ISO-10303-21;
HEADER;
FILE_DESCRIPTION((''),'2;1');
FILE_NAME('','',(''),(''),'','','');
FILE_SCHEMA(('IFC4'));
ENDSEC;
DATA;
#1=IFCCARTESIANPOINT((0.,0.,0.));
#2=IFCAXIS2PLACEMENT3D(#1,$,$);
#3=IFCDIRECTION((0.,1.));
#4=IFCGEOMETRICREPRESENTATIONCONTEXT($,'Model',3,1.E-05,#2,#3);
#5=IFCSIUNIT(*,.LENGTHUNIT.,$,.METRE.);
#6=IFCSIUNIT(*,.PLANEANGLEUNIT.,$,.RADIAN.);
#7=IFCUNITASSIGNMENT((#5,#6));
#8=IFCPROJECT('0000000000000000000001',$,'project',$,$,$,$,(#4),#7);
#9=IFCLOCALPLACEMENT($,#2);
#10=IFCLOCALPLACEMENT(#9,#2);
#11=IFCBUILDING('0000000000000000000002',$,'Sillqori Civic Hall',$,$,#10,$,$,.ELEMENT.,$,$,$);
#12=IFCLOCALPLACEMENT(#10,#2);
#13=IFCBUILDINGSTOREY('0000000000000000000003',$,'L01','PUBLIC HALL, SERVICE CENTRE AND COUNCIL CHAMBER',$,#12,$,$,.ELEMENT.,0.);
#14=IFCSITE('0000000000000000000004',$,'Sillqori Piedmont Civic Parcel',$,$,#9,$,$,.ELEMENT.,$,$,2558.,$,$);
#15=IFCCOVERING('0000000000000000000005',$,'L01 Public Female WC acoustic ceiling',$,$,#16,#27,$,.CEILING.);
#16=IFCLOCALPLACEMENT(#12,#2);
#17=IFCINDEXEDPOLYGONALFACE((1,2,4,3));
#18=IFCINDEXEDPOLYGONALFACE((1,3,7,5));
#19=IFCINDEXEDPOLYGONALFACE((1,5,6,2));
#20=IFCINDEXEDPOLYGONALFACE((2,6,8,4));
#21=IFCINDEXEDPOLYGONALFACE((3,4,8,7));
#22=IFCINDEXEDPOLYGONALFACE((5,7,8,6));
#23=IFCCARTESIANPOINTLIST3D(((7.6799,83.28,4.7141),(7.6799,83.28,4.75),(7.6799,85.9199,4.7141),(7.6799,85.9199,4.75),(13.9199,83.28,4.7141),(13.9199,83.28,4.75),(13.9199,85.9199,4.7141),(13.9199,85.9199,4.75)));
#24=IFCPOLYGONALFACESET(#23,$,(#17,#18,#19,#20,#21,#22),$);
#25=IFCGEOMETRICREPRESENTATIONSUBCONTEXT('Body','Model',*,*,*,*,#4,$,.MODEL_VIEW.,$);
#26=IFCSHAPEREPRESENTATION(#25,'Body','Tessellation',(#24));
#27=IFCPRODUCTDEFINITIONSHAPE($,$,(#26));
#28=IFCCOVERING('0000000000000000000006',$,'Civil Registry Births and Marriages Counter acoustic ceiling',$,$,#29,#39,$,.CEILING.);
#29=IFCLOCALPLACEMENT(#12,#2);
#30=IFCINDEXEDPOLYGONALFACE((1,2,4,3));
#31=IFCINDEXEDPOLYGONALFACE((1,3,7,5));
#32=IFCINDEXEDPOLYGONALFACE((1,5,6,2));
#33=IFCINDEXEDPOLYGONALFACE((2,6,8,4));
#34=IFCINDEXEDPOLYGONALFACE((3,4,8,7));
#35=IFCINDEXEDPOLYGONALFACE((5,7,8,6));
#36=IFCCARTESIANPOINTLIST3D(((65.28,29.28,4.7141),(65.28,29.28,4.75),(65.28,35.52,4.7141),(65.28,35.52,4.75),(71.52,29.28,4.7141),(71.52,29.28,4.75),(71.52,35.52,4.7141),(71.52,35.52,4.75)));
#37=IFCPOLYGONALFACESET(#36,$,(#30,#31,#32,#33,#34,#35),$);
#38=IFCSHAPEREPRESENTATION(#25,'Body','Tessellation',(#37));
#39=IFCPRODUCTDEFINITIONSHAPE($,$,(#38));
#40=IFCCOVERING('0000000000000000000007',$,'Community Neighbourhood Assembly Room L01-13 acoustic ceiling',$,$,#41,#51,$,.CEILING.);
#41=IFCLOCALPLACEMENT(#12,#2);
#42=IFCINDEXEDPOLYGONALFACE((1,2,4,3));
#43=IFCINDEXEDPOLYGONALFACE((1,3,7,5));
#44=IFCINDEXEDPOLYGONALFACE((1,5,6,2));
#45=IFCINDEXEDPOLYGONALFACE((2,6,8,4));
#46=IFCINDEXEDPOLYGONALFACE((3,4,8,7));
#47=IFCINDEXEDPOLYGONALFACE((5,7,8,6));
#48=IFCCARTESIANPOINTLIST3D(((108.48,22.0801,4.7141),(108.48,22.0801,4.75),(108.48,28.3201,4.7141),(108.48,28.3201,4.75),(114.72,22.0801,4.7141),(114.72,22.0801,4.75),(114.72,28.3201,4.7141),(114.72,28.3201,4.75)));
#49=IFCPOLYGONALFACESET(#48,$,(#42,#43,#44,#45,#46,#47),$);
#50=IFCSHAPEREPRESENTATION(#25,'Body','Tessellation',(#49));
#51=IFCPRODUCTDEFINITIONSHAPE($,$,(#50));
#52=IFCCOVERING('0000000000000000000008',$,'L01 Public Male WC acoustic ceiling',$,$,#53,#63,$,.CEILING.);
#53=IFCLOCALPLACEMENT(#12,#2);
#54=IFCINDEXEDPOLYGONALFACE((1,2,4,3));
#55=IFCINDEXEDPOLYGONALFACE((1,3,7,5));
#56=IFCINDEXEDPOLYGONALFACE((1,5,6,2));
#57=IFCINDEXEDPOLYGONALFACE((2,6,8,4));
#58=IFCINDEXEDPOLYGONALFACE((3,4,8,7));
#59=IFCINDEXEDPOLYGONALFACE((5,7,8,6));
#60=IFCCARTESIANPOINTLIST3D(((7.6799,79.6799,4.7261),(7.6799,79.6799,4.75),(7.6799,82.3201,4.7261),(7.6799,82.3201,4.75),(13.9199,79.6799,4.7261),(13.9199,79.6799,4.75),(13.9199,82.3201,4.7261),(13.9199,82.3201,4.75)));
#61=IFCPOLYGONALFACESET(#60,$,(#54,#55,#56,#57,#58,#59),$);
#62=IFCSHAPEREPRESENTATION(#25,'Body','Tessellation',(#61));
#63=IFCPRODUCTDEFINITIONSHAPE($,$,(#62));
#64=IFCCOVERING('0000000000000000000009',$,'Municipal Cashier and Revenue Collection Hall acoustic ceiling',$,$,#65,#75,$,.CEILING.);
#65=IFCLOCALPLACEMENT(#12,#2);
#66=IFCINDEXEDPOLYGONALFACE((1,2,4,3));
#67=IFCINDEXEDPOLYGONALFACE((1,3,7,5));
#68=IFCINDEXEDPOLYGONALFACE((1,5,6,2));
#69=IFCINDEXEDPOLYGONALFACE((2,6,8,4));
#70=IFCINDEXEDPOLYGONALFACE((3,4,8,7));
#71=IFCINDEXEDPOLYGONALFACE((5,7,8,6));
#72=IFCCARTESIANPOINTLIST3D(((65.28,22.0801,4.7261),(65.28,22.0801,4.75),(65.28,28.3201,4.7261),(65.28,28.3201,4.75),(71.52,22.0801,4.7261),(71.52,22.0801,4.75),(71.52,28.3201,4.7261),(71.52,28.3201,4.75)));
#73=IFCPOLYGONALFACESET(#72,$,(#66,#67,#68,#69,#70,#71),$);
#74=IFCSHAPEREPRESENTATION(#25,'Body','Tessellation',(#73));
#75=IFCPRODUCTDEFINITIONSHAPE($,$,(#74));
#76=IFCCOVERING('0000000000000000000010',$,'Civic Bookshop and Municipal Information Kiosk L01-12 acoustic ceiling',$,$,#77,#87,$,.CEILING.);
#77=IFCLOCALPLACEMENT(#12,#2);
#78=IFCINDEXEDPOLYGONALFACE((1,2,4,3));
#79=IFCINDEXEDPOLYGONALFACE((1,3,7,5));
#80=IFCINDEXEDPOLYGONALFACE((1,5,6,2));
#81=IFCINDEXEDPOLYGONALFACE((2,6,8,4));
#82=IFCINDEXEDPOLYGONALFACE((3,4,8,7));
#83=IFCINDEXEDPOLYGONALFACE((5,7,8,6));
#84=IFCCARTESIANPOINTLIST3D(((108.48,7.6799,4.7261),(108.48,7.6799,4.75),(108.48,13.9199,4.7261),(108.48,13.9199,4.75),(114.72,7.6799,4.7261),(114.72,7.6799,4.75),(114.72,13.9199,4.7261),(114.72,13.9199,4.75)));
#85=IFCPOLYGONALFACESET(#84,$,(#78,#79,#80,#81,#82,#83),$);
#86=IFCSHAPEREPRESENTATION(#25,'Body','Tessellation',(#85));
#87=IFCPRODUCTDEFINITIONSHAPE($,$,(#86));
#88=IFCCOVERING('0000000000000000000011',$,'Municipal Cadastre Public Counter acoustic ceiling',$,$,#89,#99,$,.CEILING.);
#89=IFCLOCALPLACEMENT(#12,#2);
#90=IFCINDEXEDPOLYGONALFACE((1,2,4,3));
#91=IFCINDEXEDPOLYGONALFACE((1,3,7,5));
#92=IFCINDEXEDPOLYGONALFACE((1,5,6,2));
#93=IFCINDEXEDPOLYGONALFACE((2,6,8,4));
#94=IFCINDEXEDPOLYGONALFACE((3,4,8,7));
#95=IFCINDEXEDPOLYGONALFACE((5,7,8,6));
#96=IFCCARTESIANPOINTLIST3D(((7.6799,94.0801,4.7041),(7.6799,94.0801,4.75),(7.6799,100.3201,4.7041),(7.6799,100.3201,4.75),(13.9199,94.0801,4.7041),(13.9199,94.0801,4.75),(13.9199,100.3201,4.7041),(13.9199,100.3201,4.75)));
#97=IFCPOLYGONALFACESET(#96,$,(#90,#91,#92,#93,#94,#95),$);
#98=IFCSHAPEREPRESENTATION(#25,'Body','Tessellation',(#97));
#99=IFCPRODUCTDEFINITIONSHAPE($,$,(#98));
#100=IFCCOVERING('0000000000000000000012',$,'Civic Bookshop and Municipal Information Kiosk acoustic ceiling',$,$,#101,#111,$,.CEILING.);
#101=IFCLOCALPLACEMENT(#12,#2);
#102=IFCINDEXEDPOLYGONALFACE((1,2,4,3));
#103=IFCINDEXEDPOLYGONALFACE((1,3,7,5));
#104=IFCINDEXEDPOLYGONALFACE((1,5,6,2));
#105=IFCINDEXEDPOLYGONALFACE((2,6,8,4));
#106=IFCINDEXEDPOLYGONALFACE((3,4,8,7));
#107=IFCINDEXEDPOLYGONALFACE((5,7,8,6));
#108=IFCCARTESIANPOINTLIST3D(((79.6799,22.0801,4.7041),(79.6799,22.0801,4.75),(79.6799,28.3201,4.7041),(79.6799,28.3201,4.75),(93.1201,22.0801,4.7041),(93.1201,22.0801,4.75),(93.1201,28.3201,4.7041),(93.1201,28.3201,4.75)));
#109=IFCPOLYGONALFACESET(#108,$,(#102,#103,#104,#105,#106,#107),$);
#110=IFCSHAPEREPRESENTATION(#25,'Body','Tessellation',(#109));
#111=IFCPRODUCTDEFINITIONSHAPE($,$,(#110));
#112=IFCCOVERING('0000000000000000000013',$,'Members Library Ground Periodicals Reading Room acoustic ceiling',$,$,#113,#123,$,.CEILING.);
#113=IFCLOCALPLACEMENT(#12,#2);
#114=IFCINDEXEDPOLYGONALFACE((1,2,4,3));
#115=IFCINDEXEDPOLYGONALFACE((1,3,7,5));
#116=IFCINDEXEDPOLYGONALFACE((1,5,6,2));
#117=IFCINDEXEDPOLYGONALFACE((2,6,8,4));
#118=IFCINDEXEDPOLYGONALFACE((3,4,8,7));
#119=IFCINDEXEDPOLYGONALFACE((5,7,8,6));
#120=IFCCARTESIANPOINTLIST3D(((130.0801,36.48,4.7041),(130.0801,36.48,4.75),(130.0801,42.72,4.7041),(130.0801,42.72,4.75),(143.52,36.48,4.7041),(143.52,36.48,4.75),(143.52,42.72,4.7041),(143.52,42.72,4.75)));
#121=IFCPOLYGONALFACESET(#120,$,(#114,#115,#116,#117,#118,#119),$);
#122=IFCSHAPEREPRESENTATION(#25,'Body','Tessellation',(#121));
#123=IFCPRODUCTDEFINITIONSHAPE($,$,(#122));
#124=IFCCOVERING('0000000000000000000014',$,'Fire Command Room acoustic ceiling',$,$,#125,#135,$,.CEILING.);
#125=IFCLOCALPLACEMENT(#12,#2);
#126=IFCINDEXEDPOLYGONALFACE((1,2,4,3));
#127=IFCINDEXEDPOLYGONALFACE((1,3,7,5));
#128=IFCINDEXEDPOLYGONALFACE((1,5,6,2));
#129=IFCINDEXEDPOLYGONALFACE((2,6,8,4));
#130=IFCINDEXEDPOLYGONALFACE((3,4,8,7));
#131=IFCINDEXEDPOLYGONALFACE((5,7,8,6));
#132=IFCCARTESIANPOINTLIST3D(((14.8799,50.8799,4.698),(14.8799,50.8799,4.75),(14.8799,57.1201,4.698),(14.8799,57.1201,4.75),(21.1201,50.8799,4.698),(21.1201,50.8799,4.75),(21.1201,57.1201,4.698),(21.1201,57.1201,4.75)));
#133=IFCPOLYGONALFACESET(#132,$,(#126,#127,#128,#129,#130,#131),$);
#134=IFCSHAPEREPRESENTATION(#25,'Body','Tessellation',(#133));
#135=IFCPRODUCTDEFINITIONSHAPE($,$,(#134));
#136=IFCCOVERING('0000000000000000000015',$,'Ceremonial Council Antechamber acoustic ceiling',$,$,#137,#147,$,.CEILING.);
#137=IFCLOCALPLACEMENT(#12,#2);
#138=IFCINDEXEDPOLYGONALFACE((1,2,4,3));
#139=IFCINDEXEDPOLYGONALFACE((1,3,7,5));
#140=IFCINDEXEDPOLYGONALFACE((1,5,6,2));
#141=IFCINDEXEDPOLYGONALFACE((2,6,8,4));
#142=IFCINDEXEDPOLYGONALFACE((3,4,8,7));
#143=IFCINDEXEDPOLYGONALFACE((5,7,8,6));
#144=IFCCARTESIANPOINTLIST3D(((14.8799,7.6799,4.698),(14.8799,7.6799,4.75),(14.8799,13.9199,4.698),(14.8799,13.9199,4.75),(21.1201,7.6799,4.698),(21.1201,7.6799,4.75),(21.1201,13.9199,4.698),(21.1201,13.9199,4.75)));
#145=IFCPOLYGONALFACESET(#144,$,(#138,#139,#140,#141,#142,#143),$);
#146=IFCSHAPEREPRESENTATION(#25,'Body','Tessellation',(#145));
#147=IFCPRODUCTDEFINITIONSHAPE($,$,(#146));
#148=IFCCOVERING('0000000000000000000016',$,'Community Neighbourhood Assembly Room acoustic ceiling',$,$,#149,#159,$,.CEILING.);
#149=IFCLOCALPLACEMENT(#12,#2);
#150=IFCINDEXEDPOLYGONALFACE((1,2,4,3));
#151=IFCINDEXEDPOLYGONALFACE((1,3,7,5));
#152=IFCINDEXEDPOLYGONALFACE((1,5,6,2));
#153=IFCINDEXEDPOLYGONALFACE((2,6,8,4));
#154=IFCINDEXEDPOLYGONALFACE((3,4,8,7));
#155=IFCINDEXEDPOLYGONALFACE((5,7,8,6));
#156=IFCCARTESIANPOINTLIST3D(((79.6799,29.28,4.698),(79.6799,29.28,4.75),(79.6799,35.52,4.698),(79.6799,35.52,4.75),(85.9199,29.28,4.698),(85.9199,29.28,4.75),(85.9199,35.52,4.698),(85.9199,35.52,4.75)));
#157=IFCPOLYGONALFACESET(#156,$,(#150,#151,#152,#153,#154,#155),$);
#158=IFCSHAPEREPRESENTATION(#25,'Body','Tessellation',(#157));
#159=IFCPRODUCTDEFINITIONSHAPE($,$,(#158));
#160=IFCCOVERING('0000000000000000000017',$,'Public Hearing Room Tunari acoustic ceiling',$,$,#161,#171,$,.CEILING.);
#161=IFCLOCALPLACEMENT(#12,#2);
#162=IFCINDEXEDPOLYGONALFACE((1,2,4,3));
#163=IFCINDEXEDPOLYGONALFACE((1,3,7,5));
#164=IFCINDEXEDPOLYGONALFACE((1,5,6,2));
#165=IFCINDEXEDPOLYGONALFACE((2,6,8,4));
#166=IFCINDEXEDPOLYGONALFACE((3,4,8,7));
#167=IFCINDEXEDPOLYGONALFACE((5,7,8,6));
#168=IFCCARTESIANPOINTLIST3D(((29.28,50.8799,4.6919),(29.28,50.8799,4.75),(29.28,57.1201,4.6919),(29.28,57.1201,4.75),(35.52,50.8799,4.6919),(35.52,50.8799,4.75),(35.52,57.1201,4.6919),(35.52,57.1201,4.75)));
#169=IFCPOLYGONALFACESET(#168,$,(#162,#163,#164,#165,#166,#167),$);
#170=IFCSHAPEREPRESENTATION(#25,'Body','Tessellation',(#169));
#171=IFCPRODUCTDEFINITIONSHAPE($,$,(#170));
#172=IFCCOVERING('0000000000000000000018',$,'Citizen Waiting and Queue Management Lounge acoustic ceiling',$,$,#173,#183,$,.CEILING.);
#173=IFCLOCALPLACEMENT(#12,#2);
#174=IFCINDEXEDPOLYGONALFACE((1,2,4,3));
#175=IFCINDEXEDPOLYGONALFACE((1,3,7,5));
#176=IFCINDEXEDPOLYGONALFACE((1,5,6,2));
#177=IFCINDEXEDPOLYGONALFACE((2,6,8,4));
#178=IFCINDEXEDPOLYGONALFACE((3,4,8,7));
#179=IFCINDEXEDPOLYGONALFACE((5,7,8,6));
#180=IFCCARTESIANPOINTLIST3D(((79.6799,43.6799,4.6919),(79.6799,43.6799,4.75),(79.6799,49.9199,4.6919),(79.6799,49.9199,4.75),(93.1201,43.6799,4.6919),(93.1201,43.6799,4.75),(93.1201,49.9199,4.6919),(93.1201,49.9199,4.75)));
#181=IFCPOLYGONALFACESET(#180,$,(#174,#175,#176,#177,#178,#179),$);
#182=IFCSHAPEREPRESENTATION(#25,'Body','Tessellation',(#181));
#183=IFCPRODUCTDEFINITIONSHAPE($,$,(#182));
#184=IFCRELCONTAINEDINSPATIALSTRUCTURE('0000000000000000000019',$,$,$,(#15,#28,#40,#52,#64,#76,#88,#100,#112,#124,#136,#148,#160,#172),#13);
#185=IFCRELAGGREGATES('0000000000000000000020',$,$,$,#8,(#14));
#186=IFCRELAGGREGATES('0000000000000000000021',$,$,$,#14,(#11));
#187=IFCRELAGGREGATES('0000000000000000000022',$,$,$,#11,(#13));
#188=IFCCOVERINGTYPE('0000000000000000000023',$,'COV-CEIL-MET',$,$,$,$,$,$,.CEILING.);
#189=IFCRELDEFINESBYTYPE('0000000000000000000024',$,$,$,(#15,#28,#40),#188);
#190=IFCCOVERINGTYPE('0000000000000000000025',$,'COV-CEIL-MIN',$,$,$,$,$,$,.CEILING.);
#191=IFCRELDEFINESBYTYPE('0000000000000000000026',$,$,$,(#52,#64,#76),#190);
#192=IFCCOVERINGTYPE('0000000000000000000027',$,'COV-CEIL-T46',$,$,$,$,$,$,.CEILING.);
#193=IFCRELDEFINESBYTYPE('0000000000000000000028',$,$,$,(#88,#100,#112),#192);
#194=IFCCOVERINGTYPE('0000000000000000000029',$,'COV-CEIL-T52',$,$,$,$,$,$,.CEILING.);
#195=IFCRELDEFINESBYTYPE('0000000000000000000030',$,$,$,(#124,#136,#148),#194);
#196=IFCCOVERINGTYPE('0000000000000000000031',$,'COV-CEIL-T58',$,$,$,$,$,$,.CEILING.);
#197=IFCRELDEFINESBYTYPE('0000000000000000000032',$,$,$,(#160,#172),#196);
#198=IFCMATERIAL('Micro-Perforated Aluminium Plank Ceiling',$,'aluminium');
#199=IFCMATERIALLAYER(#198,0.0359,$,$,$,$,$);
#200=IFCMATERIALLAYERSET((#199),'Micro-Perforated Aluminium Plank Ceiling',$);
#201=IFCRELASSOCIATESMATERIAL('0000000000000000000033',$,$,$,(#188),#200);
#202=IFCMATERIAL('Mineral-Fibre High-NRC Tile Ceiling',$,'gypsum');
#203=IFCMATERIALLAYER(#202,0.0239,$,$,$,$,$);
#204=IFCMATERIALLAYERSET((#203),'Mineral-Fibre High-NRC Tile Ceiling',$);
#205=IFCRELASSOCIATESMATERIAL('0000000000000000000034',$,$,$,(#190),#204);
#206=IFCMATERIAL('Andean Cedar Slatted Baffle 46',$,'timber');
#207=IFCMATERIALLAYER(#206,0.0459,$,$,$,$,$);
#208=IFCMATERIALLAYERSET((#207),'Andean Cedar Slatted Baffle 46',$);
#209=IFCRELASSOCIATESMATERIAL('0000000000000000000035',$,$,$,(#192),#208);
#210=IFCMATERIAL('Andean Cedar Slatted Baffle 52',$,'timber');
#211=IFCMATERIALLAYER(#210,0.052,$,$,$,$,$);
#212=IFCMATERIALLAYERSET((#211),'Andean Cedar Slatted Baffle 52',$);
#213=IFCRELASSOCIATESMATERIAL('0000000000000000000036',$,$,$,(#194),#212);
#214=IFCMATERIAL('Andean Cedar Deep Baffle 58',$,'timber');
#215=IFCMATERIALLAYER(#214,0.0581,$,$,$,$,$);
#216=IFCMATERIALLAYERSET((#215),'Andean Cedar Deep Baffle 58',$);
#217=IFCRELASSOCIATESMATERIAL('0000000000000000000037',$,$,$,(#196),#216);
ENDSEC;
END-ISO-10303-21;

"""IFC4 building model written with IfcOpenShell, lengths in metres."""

from ifc_helpers import new_model, si_unit, direction, frame, origin, place, context, subcontext, project, spatial, polyline, outline, extrude, material, layer, layer_set, type_object, element, save


model = new_model("IFC4")

# Units and contexts
model_context = context("Model", 3, precision=1e-05, world=origin(), true_north=direction((0.0, 1.0)))
body_context = subcontext(model_context, "Body", "Model", "MODEL_VIEW")
ifc_project = project(units=[si_unit("LENGTHUNIT", "METRE"), si_unit("PLANEANGLEUNIT", "RADIAN")], contexts=[model_context])

# Site, building, storey
site_placement = place(None, origin())
site = spatial("IfcSite", under=ifc_project, at=site_placement, Name="Sillqori Piedmont Civic Parcel", CompositionType="ELEMENT", RefElevation=2558.0)
building_placement = place(site_placement, origin())
building = spatial("IfcBuilding", under=site, at=building_placement, Name="Sillqori Civic Hall", CompositionType="ELEMENT")
storey_placement = place(building_placement, origin())
storey = spatial("IfcBuildingStorey", under=building, at=storey_placement, Name="L01", Description="PUBLIC HALL, SERVICE CENTRE AND COUNCIL CHAMBER", CompositionType="ELEMENT", Elevation=0.0)

# Coverings
ifc_material_1 = material(Name="Micro-Perforated Aluminium Plank Ceiling", Category="aluminium")
ifc_layer_1 = layer(ifc_material_1, 0.0359)
ifc_layer_set_1 = layer_set([ifc_layer_1], Name="Micro-Perforated Aluminium Plank Ceiling")
covering_type_1 = type_object("IfcCoveringType", Name="COV-CEIL-MET", PredefinedType="CEILING", material=ifc_layer_set_1)
covering_1_placement = place(storey_placement, frame((0.0, 0.0, 4.7141)))
element("IfcCovering", 1, at=covering_1_placement, inside=storey, type_object=covering_type_1, Name="L01 Public Female WC acoustic ceiling", PredefinedType="CEILING", context=body_context, shape_type="SweptSolid", body=[
    extrude(outline(polyline([(7.6799, 83.28), (13.9199, 83.28), (13.9199, 85.9199), (7.6799, 85.9199), (7.6799, 83.28)])), origin(), (0.0, 0.0, 1.0), 0.0359),
])
covering_2_placement = place(storey_placement, frame((0.0, 0.0, 4.7141)))
element("IfcCovering", 2, at=covering_2_placement, inside=storey, type_object=covering_type_1, Name="Civil Registry Births and Marriages Counter acoustic ceiling", PredefinedType="CEILING", context=body_context, shape_type="SweptSolid", body=[
    extrude(outline(polyline([(65.28, 29.28), (71.52, 29.28), (71.52, 35.52), (65.28, 35.52), (65.28, 29.28)])), origin(), (0.0, 0.0, 1.0), 0.0359),
])
covering_3_placement = place(storey_placement, frame((0.0, 0.0, 4.7141)))
element("IfcCovering", 3, at=covering_3_placement, inside=storey, type_object=covering_type_1, Name="Community Neighbourhood Assembly Room L01-13 acoustic ceiling", PredefinedType="CEILING", context=body_context, shape_type="SweptSolid", body=[
    extrude(outline(polyline([(108.48, 22.0801), (114.72, 22.0801), (114.72, 28.3201), (108.48, 28.3201), (108.48, 22.0801)])), origin(), (0.0, 0.0, 1.0), 0.0359),
])
ifc_material_2 = material(Name="Mineral-Fibre High-NRC Tile Ceiling", Category="gypsum")
ifc_layer_2 = layer(ifc_material_2, 0.0239)
ifc_layer_set_2 = layer_set([ifc_layer_2], Name="Mineral-Fibre High-NRC Tile Ceiling")
covering_type_2 = type_object("IfcCoveringType", Name="COV-CEIL-MIN", PredefinedType="CEILING", material=ifc_layer_set_2)
covering_4_placement = place(storey_placement, frame((0.0, 0.0, 4.7261)))
element("IfcCovering", 4, at=covering_4_placement, inside=storey, type_object=covering_type_2, Name="L01 Public Male WC acoustic ceiling", PredefinedType="CEILING", context=body_context, shape_type="SweptSolid", body=[
    extrude(outline(polyline([(7.6799, 79.6799), (13.9199, 79.6799), (13.9199, 82.3201), (7.6799, 82.3201), (7.6799, 79.6799)])), origin(), (0.0, 0.0, 1.0), 0.0239),
])
covering_5_placement = place(storey_placement, frame((0.0, 0.0, 4.7261)))
element("IfcCovering", 5, at=covering_5_placement, inside=storey, type_object=covering_type_2, Name="Municipal Cashier and Revenue Collection Hall acoustic ceiling", PredefinedType="CEILING", context=body_context, shape_type="SweptSolid", body=[
    extrude(outline(polyline([(65.28, 22.0801), (71.52, 22.0801), (71.52, 28.3201), (65.28, 28.3201), (65.28, 22.0801)])), origin(), (0.0, 0.0, 1.0), 0.0239),
])
covering_6_placement = place(storey_placement, frame((0.0, 0.0, 4.7261)))
element("IfcCovering", 6, at=covering_6_placement, inside=storey, type_object=covering_type_2, Name="Civic Bookshop and Municipal Information Kiosk L01-12 acoustic ceiling", PredefinedType="CEILING", context=body_context, shape_type="SweptSolid", body=[
    extrude(outline(polyline([(108.48, 7.6799), (114.72, 7.6799), (114.72, 13.9199), (108.48, 13.9199), (108.48, 7.6799)])), origin(), (0.0, 0.0, 1.0), 0.0239),
])
ifc_material_3 = material(Name="Andean Cedar Slatted Baffle 46", Category="timber")
ifc_layer_3 = layer(ifc_material_3, 0.0459)
ifc_layer_set_3 = layer_set([ifc_layer_3], Name="Andean Cedar Slatted Baffle 46")
covering_type_3 = type_object("IfcCoveringType", Name="COV-CEIL-T46", PredefinedType="CEILING", material=ifc_layer_set_3)
covering_7_placement = place(storey_placement, frame((0.0, 0.0, 4.7041)))
element("IfcCovering", 7, at=covering_7_placement, inside=storey, type_object=covering_type_3, Name="Municipal Cadastre Public Counter acoustic ceiling", PredefinedType="CEILING", context=body_context, shape_type="SweptSolid", body=[
    extrude(outline(polyline([(7.6799, 94.0801), (13.9199, 94.0801), (13.9199, 100.3201), (7.6799, 100.3201), (7.6799, 94.0801)])), origin(), (0.0, 0.0, 1.0), 0.0459),
])
covering_8_placement = place(storey_placement, frame((0.0, 0.0, 4.7041)))
element("IfcCovering", 8, at=covering_8_placement, inside=storey, type_object=covering_type_3, Name="Civic Bookshop and Municipal Information Kiosk acoustic ceiling", PredefinedType="CEILING", context=body_context, shape_type="SweptSolid", body=[
    extrude(outline(polyline([(79.6799, 22.0801), (93.1201, 22.0801), (93.1201, 28.3201), (79.6799, 28.3201), (79.6799, 22.0801)])), origin(), (0.0, 0.0, 1.0), 0.0459),
])
covering_9_placement = place(storey_placement, frame((0.0, 0.0, 4.7041)))
element("IfcCovering", 9, at=covering_9_placement, inside=storey, type_object=covering_type_3, Name="Members Library Ground Periodicals Reading Room acoustic ceiling", PredefinedType="CEILING", context=body_context, shape_type="SweptSolid", body=[
    extrude(outline(polyline([(130.0801, 36.48), (143.52, 36.48), (143.52, 42.72), (130.0801, 42.72), (130.0801, 36.48)])), origin(), (0.0, 0.0, 1.0), 0.0459),
])
ifc_material_4 = material(Name="Andean Cedar Slatted Baffle 52", Category="timber")
ifc_layer_4 = layer(ifc_material_4, 0.052)
ifc_layer_set_4 = layer_set([ifc_layer_4], Name="Andean Cedar Slatted Baffle 52")
covering_type_4 = type_object("IfcCoveringType", Name="COV-CEIL-T52", PredefinedType="CEILING", material=ifc_layer_set_4)
covering_10_placement = place(storey_placement, frame((0.0, 0.0, 4.698)))
element("IfcCovering", 10, at=covering_10_placement, inside=storey, type_object=covering_type_4, Name="Fire Command Room acoustic ceiling", PredefinedType="CEILING", context=body_context, shape_type="SweptSolid", body=[
    extrude(outline(polyline([(14.8799, 50.8799), (21.1201, 50.8799), (21.1201, 57.1201), (14.8799, 57.1201), (14.8799, 50.8799)])), origin(), (0.0, 0.0, 1.0), 0.052),
])
covering_11_placement = place(storey_placement, frame((0.0, 0.0, 4.698)))
element("IfcCovering", 11, at=covering_11_placement, inside=storey, type_object=covering_type_4, Name="Ceremonial Council Antechamber acoustic ceiling", PredefinedType="CEILING", context=body_context, shape_type="SweptSolid", body=[
    extrude(outline(polyline([(14.8799, 7.6799), (21.1201, 7.6799), (21.1201, 13.9199), (14.8799, 13.9199), (14.8799, 7.6799)])), origin(), (0.0, 0.0, 1.0), 0.052),
])
covering_12_placement = place(storey_placement, frame((0.0, 0.0, 4.698)))
element("IfcCovering", 12, at=covering_12_placement, inside=storey, type_object=covering_type_4, Name="Community Neighbourhood Assembly Room acoustic ceiling", PredefinedType="CEILING", context=body_context, shape_type="SweptSolid", body=[
    extrude(outline(polyline([(79.6799, 29.28), (85.9199, 29.28), (85.9199, 35.52), (79.6799, 35.52), (79.6799, 29.28)])), origin(), (0.0, 0.0, 1.0), 0.052),
])
ifc_material_5 = material(Name="Andean Cedar Deep Baffle 58", Category="timber")
ifc_layer_5 = layer(ifc_material_5, 0.0581)
ifc_layer_set_5 = layer_set([ifc_layer_5], Name="Andean Cedar Deep Baffle 58")
covering_type_5 = type_object("IfcCoveringType", Name="COV-CEIL-T58", PredefinedType="CEILING", material=ifc_layer_set_5)
covering_13_placement = place(storey_placement, frame((0.0, 0.0, 4.6919)))
element("IfcCovering", 13, at=covering_13_placement, inside=storey, type_object=covering_type_5, Name="Public Hearing Room Tunari acoustic ceiling", PredefinedType="CEILING", context=body_context, shape_type="SweptSolid", body=[
    extrude(outline(polyline([(29.28, 50.8799), (35.52, 50.8799), (35.52, 57.1201), (29.28, 57.1201), (29.28, 50.8799)])), origin(), (0.0, 0.0, 1.0), 0.0581),
])
covering_14_placement = place(storey_placement, frame((0.0, 0.0, 4.6919)))
element("IfcCovering", 14, at=covering_14_placement, inside=storey, type_object=covering_type_5, Name="Citizen Waiting and Queue Management Lounge acoustic ceiling", PredefinedType="CEILING", context=body_context, shape_type="SweptSolid", body=[
    extrude(outline(polyline([(79.6799, 43.6799), (93.1201, 43.6799), (93.1201, 49.9199), (79.6799, 49.9199), (79.6799, 43.6799)])), origin(), (0.0, 0.0, 1.0), 0.0581),
])

save(model, "model.ifc")
